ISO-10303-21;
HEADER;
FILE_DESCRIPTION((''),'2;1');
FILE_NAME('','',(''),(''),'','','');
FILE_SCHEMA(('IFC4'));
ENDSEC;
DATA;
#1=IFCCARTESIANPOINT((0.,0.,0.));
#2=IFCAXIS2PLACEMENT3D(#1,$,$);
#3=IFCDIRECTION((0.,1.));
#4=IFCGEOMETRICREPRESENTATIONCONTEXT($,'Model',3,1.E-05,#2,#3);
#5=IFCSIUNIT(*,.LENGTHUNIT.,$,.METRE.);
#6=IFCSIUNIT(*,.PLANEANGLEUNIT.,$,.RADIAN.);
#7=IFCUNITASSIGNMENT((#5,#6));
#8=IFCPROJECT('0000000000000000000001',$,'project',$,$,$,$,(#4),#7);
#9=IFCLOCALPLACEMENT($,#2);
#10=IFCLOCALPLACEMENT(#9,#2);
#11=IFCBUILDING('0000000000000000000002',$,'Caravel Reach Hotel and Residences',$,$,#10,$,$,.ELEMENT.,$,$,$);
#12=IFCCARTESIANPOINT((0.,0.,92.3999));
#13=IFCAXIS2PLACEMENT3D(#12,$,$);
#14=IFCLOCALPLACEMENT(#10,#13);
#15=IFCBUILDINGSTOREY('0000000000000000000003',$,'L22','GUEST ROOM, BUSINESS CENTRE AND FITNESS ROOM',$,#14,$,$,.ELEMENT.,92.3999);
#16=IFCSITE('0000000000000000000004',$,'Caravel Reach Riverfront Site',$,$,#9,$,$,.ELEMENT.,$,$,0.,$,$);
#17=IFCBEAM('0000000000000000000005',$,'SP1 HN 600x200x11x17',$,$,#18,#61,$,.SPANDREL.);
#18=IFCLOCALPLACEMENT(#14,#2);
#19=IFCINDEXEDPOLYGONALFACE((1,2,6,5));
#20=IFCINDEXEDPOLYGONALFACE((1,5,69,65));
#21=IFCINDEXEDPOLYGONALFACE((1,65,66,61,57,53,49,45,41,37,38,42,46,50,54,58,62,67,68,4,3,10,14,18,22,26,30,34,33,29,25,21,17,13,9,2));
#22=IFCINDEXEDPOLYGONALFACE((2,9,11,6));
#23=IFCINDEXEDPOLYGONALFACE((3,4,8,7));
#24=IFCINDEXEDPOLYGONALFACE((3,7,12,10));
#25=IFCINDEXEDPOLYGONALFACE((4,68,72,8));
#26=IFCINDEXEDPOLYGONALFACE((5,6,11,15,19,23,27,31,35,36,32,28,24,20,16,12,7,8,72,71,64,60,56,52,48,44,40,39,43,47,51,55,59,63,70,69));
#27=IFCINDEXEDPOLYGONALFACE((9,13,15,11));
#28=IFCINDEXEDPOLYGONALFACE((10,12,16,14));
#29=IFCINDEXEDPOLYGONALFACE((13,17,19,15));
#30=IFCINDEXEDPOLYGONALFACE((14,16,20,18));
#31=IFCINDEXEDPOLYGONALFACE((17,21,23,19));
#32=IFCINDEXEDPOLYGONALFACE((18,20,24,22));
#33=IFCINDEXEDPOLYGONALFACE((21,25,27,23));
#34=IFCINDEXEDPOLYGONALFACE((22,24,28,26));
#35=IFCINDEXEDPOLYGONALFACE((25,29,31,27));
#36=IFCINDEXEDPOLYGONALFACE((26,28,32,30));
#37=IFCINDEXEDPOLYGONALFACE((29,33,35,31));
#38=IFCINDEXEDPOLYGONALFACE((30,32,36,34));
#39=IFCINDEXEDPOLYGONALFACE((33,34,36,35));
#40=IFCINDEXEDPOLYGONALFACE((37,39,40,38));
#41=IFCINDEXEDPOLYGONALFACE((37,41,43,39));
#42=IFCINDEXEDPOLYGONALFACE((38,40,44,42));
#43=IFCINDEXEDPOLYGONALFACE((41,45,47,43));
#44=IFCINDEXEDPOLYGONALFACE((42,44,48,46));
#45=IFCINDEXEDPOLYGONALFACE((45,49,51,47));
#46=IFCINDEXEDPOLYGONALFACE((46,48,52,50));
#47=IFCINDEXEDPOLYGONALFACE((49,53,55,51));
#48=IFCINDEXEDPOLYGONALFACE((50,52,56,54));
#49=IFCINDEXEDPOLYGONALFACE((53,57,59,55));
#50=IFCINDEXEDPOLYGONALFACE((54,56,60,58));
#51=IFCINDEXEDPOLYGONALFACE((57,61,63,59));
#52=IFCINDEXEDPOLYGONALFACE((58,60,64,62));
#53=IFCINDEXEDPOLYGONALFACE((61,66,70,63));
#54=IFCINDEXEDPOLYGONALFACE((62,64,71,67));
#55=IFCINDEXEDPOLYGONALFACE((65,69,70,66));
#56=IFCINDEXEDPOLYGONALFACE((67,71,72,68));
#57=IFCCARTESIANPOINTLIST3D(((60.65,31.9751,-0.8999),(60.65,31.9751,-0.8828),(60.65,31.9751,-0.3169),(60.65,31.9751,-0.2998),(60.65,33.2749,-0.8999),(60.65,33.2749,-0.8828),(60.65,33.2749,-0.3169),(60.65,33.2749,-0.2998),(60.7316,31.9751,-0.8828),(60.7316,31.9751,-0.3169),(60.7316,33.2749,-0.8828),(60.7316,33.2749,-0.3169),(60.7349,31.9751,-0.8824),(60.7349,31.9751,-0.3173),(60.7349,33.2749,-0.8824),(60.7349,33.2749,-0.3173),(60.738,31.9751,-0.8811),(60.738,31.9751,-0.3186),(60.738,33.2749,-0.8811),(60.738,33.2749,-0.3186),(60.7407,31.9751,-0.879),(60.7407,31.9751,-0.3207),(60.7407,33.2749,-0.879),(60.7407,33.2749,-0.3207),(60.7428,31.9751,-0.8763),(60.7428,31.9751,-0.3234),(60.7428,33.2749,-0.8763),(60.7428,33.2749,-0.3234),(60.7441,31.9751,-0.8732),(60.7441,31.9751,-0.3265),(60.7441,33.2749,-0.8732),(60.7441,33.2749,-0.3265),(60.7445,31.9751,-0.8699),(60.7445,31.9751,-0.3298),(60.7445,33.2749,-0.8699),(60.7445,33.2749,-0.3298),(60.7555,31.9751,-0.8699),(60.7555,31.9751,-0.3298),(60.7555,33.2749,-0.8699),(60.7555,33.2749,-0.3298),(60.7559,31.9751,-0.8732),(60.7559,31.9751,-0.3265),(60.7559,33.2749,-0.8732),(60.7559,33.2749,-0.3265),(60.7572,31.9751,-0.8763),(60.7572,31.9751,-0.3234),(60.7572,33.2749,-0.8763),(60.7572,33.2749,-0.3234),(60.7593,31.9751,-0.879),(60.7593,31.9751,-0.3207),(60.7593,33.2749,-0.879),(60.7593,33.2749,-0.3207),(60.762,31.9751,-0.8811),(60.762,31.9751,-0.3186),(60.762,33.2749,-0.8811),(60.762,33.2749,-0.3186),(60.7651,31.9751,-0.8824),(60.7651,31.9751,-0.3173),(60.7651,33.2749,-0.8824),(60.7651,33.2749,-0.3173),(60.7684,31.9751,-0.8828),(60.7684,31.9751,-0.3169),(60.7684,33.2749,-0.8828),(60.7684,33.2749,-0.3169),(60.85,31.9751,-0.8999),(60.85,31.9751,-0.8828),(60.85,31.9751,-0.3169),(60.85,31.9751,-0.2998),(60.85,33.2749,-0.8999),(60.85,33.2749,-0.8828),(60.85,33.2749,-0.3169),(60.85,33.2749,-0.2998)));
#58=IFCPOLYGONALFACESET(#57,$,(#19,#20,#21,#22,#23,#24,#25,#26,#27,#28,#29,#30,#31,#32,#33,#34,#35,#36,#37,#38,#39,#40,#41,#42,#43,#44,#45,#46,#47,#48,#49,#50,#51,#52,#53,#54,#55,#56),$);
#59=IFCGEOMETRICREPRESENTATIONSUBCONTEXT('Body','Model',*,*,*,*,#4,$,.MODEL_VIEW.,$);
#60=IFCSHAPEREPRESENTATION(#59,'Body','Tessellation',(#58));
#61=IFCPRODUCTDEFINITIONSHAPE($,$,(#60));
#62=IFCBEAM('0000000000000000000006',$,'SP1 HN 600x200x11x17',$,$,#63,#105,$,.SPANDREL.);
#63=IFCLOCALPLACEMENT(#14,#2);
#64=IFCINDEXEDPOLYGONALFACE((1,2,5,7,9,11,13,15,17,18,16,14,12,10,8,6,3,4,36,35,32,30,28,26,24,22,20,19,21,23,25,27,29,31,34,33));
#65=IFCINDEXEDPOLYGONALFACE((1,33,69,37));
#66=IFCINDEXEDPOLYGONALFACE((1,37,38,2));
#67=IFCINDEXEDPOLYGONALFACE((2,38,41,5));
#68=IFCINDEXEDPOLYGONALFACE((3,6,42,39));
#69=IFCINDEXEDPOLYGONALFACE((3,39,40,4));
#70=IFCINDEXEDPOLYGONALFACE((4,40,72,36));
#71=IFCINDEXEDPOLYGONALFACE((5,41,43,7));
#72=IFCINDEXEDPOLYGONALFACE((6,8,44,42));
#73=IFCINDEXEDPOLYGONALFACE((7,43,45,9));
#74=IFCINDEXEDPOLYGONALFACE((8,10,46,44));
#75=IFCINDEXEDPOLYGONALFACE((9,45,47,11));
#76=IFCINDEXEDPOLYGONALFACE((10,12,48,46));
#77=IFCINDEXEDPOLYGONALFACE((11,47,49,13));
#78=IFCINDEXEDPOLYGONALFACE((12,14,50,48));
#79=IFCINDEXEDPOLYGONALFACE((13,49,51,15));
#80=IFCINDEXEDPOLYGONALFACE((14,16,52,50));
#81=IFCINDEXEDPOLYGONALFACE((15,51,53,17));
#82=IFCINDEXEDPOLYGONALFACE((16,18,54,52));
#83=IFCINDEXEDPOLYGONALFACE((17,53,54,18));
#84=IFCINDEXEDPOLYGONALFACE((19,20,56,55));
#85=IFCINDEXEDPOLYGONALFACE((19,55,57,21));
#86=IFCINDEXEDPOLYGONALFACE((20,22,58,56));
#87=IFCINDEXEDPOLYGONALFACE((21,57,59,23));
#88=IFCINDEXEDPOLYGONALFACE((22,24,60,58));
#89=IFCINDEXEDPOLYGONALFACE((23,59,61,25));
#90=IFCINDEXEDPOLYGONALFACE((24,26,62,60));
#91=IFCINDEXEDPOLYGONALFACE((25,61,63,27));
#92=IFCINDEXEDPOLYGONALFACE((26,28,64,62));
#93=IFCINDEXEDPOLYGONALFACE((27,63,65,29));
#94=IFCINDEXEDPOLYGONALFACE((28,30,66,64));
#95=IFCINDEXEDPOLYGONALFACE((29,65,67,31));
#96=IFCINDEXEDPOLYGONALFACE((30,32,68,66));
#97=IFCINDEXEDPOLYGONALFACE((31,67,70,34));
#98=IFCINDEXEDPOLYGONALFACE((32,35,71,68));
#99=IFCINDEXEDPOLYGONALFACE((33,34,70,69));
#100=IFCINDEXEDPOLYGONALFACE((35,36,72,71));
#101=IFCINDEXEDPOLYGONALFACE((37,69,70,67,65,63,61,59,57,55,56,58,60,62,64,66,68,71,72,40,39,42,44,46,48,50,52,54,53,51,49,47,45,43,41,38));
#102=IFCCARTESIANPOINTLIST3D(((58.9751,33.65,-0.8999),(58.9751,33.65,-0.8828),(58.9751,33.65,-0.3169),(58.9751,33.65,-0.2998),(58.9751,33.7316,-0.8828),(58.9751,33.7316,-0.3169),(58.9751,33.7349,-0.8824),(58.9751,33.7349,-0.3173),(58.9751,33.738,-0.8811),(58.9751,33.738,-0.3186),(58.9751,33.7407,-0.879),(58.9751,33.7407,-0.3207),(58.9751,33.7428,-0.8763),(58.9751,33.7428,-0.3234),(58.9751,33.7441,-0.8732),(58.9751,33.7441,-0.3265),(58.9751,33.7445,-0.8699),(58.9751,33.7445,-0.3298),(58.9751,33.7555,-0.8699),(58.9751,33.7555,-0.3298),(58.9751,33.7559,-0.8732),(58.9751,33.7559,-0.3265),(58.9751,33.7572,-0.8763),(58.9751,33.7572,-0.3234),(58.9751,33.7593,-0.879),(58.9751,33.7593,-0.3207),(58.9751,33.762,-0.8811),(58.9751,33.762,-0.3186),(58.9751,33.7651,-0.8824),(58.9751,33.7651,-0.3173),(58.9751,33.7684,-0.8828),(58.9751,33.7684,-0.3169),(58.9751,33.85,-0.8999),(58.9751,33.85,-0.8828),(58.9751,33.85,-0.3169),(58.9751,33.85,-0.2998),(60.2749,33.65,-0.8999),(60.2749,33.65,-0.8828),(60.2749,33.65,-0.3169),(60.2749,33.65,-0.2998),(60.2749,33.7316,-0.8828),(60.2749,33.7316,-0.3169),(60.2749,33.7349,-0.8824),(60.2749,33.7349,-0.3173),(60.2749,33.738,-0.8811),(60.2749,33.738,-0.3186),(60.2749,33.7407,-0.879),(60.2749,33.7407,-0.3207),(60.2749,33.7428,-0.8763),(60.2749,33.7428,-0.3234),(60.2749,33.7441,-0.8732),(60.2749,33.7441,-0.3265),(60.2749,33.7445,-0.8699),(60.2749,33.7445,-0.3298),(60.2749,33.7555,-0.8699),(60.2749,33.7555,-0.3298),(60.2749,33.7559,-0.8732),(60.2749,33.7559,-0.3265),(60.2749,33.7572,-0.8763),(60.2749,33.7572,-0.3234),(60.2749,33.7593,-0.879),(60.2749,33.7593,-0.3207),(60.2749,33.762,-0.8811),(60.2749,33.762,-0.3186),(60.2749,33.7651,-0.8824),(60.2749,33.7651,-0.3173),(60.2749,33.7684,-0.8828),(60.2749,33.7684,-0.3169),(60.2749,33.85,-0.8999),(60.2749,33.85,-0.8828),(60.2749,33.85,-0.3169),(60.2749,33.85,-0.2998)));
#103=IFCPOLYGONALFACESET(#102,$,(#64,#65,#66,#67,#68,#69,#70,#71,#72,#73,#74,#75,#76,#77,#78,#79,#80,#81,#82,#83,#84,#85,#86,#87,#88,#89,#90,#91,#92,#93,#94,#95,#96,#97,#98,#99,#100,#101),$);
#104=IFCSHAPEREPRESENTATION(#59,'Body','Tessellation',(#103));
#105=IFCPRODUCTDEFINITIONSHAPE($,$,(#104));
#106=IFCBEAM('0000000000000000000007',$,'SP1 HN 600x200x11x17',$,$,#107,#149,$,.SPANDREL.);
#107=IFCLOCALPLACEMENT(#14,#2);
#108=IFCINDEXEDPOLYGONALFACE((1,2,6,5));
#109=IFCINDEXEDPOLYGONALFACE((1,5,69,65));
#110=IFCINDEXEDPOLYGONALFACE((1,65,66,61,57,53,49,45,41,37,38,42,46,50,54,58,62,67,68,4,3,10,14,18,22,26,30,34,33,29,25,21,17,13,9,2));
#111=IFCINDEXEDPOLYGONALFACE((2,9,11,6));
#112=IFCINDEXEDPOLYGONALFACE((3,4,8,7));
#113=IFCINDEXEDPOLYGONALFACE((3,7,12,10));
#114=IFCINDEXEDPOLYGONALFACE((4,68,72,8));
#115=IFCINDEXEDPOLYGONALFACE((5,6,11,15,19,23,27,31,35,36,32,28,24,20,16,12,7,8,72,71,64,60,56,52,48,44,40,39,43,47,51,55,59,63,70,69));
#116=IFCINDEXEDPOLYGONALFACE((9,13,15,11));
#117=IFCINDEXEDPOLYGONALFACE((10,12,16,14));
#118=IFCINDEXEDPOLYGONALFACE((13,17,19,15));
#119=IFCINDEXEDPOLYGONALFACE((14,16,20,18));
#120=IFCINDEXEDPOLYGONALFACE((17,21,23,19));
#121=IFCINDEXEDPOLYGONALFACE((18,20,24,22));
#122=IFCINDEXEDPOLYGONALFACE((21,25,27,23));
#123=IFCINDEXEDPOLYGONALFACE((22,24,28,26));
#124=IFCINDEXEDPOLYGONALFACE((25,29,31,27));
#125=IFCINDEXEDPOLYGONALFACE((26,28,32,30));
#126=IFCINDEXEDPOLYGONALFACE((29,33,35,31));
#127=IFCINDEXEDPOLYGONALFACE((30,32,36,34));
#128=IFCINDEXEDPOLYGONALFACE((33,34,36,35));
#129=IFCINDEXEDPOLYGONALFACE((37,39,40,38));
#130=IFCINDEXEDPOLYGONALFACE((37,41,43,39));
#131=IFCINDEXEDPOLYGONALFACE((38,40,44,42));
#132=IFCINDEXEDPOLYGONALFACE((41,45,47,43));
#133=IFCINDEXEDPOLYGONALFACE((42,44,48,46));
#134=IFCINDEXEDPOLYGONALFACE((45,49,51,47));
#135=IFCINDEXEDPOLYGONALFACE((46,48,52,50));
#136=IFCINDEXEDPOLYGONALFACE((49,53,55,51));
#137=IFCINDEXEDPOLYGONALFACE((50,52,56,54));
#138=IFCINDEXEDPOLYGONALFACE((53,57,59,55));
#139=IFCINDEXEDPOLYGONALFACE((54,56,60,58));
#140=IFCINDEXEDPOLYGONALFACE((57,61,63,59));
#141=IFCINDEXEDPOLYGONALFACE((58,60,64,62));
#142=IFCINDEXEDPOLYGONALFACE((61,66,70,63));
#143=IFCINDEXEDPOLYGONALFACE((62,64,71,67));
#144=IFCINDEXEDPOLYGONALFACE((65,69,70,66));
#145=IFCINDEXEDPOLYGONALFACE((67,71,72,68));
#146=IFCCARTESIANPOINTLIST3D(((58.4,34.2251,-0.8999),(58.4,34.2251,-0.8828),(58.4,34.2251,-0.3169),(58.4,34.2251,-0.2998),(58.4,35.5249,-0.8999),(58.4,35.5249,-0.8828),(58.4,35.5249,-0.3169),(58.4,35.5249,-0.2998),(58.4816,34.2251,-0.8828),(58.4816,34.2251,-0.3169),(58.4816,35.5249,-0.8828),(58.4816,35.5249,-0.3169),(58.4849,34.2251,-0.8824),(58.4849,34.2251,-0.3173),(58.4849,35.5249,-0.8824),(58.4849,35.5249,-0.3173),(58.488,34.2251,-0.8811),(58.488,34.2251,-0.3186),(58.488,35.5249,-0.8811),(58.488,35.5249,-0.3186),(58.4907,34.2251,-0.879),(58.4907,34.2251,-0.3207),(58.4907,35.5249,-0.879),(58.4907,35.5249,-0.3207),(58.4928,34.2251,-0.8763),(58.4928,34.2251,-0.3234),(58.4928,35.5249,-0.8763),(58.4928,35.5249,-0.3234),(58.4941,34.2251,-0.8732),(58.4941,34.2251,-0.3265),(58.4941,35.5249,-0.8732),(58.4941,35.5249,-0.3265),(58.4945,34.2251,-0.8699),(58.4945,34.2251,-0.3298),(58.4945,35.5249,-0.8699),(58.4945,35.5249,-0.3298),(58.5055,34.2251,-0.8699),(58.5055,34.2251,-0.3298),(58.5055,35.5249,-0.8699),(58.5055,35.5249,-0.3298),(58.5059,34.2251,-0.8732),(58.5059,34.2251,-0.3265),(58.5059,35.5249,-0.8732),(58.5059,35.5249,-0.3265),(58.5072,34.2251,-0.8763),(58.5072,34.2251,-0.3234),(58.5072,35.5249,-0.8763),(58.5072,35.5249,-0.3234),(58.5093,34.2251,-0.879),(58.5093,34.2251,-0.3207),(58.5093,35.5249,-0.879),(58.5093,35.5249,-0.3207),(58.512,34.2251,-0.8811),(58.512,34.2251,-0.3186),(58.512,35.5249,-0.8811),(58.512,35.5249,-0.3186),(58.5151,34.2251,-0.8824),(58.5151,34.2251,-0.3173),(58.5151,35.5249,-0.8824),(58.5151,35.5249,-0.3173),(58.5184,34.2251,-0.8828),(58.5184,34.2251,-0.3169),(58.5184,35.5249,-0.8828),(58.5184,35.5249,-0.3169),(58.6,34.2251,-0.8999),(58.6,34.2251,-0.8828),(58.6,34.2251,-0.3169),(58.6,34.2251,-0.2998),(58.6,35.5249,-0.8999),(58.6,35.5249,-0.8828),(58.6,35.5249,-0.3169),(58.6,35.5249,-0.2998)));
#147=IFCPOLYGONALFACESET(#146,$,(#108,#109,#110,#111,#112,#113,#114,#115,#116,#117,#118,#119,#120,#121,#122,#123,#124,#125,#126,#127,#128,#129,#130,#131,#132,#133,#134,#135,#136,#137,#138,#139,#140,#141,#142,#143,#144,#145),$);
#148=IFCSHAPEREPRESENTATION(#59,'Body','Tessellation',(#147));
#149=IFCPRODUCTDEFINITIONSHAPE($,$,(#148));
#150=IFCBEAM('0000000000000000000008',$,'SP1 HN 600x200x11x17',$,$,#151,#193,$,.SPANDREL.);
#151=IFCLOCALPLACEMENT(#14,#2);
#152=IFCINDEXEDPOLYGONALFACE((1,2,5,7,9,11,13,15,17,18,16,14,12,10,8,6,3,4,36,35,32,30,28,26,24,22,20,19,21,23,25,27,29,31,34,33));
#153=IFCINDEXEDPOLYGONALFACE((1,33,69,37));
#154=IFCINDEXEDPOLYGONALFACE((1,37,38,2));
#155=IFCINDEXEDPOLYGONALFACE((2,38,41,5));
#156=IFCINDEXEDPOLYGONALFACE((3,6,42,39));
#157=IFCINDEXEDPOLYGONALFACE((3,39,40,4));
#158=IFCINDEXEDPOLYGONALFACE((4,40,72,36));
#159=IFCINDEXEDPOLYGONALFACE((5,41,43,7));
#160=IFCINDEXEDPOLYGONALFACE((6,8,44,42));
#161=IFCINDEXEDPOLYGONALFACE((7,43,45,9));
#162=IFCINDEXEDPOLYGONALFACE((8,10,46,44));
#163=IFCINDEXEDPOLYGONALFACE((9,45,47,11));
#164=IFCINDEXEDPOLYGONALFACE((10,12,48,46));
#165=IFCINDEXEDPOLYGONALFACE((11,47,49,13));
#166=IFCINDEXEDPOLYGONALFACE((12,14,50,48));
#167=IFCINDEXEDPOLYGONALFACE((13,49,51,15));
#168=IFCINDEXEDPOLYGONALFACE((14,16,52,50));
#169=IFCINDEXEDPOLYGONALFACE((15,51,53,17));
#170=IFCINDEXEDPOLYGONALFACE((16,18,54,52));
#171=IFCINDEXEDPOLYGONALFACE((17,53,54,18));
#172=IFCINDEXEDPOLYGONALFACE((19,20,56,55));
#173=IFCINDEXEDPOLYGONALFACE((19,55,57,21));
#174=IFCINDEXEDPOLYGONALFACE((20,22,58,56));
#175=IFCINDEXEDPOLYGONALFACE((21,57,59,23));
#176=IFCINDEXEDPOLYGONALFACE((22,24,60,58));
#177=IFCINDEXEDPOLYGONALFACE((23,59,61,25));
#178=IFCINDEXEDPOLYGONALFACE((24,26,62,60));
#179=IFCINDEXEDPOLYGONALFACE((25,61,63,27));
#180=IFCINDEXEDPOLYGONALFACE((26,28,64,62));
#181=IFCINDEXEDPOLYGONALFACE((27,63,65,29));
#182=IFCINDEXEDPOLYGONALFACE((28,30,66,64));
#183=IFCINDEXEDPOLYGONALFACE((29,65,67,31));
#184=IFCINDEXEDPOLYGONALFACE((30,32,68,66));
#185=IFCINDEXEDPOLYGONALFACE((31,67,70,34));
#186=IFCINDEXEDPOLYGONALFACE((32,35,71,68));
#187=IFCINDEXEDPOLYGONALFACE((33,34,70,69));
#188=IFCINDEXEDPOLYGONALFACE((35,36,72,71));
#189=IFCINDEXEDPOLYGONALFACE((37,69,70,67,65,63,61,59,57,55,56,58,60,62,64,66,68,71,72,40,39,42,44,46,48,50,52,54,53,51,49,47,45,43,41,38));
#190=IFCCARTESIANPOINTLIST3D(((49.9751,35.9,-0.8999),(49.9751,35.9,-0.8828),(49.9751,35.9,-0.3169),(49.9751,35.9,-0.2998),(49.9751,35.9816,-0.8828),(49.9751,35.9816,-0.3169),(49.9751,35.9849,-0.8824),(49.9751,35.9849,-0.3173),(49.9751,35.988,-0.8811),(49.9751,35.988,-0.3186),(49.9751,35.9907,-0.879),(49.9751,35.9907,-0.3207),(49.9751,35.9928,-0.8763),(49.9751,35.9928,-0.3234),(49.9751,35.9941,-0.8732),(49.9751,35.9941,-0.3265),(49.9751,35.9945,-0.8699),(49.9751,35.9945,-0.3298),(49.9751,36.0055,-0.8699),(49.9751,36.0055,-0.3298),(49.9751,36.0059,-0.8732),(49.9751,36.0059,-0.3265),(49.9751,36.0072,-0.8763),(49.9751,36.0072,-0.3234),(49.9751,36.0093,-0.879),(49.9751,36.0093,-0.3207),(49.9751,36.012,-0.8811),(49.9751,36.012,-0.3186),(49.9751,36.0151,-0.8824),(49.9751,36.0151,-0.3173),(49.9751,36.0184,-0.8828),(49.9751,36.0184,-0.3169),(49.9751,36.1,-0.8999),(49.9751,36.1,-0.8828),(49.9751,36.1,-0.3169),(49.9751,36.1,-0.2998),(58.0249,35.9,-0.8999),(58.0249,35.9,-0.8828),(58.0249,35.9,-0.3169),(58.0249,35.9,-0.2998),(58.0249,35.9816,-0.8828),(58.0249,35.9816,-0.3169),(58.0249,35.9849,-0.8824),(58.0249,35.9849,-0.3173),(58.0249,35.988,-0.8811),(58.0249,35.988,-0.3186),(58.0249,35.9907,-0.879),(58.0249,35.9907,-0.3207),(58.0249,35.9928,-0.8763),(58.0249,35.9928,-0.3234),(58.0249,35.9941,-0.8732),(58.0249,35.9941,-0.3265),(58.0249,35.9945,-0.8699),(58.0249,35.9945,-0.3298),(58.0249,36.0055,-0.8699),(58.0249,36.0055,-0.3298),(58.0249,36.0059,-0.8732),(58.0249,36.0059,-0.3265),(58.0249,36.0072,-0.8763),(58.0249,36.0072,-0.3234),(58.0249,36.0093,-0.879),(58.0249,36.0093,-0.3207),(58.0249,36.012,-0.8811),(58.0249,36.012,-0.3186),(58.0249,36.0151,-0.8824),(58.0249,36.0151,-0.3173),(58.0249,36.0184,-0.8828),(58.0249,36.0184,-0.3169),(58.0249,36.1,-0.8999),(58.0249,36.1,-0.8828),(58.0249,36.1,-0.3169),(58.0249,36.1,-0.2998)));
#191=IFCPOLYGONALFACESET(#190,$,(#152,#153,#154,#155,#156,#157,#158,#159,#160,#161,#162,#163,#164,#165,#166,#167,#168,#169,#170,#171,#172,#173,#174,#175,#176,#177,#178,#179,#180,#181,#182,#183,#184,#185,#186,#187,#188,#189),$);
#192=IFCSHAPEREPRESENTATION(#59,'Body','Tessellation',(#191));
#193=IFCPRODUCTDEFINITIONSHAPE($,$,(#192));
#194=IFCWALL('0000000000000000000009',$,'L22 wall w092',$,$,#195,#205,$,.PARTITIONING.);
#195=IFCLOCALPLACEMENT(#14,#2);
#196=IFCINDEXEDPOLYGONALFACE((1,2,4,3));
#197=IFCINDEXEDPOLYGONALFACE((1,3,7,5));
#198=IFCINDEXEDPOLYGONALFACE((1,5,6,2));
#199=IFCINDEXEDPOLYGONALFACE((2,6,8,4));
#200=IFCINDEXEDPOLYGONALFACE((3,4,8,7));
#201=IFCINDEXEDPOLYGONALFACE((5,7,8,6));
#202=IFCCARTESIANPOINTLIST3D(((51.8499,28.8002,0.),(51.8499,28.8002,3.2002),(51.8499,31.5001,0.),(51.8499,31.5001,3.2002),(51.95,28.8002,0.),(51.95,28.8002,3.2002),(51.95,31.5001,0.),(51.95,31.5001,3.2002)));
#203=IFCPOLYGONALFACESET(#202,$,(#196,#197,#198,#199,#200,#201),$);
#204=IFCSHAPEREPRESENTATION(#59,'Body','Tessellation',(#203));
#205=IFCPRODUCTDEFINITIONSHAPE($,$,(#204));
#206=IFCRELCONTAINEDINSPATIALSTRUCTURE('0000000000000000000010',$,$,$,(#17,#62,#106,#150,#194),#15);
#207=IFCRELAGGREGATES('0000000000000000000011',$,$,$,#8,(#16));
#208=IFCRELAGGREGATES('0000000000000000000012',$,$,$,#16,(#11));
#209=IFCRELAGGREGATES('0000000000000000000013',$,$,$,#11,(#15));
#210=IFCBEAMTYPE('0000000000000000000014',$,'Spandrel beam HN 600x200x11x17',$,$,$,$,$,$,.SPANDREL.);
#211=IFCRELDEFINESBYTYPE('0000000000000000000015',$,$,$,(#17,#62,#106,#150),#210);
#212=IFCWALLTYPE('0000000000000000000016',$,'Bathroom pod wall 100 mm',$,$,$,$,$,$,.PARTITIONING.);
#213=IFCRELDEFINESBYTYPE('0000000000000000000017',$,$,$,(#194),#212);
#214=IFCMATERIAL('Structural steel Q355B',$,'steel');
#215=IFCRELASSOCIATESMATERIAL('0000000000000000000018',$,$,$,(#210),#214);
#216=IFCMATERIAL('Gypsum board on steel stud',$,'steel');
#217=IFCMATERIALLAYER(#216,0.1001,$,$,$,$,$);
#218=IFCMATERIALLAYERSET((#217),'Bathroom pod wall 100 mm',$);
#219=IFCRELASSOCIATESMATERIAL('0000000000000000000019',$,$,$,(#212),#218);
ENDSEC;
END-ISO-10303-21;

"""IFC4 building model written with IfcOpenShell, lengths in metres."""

from ifc_helpers import new_model, si_unit, direction, frame, frame_2d, origin, origin_2d, place, context, subcontext, project, spatial, rectangle, i_section, extrude, material, layer, layer_set, material_profile, profile_set, type_object, element, save


model = new_model("IFC4")

# Units and contexts
model_context = context("Model", 3, precision=1e-05, world=origin(), true_north=direction((0.0, 1.0)))
body_context = subcontext(model_context, "Body", "Model", "MODEL_VIEW")
ifc_project = project(units=[si_unit("LENGTHUNIT", "METRE"), si_unit("PLANEANGLEUNIT", "RADIAN")], contexts=[model_context])

# Site, building, storey
site_placement = place(None, origin())
site = spatial("IfcSite", under=ifc_project, at=site_placement, Name="Caravel Reach Riverfront Site", CompositionType="ELEMENT", RefElevation=0.0)
building_placement = place(site_placement, origin())
building = spatial("IfcBuilding", under=site, at=building_placement, Name="Caravel Reach Hotel and Residences", CompositionType="ELEMENT")
storey_placement = place(building_placement, frame((0.0, 0.0, 92.3999)))
storey = spatial("IfcBuildingStorey", under=building, at=storey_placement, Name="L22", Description="GUEST ROOM, BUSINESS CENTRE AND FITNESS ROOM", CompositionType="ELEMENT", Elevation=92.3999)

# Beams
ifc_material_1 = material(Name="Structural steel Q355B", Category="steel")
ifc_material_profile_1 = material_profile(ifc_material_1, i_section(OverallWidth=0.2, OverallDepth=0.6001, WebThickness=0.011, FlangeThickness=0.0171, FilletRadius=0.0129, at=origin_2d()), Name="HN 600x200x11x17")
ifc_profile_set_1 = profile_set([ifc_material_profile_1], Name="Structural steel Q355B")
beam_type_1 = type_object("IfcBeamType", Name="Spandrel beam HN 600x200x11x17", PredefinedType="SPANDREL", material=ifc_profile_set_1)
for number, where, z_axis, x_axis, name in (
    (1, (60.75, 31.9751, -0.5999), (0.0, 1.0, 0.0), (-1.0, 0.0, 0.0), "SP1 HN 600x200x11x17"),
    (2, (60.2749, 33.75, -0.5999), (-1.0, 0.0, 0.0), (0.0, -1.0, 0.0), "SP1 HN 600x200x11x17"),
    (3, (58.5, 34.2251, -0.5999), (0.0, 1.0, 0.0), (-1.0, 0.0, 0.0), "SP1 HN 600x200x11x17"),
):
    element("IfcBeam", number, at=place(storey_placement, frame(where, z_axis=z_axis, x_axis=x_axis)), inside=storey, type_object=beam_type_1, Name=name, PredefinedType="SPANDREL", context=body_context, shape_type="SweptSolid", body=[
        extrude(i_section(OverallWidth=0.2, OverallDepth=0.6001, WebThickness=0.011, FlangeThickness=0.0171, FilletRadius=0.0129, at=origin_2d()), origin(), (0.0, 0.0, 1.0), 1.2998),
    ])
beam_1_placement = place(storey_placement, frame((58.0249, 36.0, -0.5999), z_axis=(-1.0, 0.0, 0.0), x_axis=(0.0, -1.0, 0.0)))
element("IfcBeam", 4, at=beam_1_placement, inside=storey, type_object=beam_type_1, Name="SP1 HN 600x200x11x17", PredefinedType="SPANDREL", context=body_context, shape_type="SweptSolid", body=[
    extrude(i_section(OverallWidth=0.2, OverallDepth=0.6001, WebThickness=0.011, FlangeThickness=0.0171, FilletRadius=0.0129, at=origin_2d()), origin(), (0.0, 0.0, 1.0), 8.0498),
])

# Wall
ifc_material_2 = material(Name="Gypsum board on steel stud", Category="steel")
ifc_layer_1 = layer(ifc_material_2, 0.1001)
ifc_layer_set_1 = layer_set([ifc_layer_1], Name="Bathroom pod wall 100 mm")
wall_type_1 = type_object("IfcWallType", Name="Bathroom pod wall 100 mm", PredefinedType="PARTITIONING", material=ifc_layer_set_1)
wall_1_placement = place(storey_placement, frame((51.8999, 28.8, 0.0), z_axis=(0.0, 0.0, 1.0), x_axis=(0.0, 1.0, 0.0)))
element("IfcWall", 5, at=wall_1_placement, inside=storey, type_object=wall_type_1, Name="L22 wall w092", PredefinedType="PARTITIONING", context=body_context, shape_type="SweptSolid", body=[
    extrude(rectangle(XDim=2.7, YDim=0.1001, at=frame_2d((1.3501, 0.0))), origin(), (0.0, 0.0, 1.0), 3.2002),
])

save(model, "model.ifc")
